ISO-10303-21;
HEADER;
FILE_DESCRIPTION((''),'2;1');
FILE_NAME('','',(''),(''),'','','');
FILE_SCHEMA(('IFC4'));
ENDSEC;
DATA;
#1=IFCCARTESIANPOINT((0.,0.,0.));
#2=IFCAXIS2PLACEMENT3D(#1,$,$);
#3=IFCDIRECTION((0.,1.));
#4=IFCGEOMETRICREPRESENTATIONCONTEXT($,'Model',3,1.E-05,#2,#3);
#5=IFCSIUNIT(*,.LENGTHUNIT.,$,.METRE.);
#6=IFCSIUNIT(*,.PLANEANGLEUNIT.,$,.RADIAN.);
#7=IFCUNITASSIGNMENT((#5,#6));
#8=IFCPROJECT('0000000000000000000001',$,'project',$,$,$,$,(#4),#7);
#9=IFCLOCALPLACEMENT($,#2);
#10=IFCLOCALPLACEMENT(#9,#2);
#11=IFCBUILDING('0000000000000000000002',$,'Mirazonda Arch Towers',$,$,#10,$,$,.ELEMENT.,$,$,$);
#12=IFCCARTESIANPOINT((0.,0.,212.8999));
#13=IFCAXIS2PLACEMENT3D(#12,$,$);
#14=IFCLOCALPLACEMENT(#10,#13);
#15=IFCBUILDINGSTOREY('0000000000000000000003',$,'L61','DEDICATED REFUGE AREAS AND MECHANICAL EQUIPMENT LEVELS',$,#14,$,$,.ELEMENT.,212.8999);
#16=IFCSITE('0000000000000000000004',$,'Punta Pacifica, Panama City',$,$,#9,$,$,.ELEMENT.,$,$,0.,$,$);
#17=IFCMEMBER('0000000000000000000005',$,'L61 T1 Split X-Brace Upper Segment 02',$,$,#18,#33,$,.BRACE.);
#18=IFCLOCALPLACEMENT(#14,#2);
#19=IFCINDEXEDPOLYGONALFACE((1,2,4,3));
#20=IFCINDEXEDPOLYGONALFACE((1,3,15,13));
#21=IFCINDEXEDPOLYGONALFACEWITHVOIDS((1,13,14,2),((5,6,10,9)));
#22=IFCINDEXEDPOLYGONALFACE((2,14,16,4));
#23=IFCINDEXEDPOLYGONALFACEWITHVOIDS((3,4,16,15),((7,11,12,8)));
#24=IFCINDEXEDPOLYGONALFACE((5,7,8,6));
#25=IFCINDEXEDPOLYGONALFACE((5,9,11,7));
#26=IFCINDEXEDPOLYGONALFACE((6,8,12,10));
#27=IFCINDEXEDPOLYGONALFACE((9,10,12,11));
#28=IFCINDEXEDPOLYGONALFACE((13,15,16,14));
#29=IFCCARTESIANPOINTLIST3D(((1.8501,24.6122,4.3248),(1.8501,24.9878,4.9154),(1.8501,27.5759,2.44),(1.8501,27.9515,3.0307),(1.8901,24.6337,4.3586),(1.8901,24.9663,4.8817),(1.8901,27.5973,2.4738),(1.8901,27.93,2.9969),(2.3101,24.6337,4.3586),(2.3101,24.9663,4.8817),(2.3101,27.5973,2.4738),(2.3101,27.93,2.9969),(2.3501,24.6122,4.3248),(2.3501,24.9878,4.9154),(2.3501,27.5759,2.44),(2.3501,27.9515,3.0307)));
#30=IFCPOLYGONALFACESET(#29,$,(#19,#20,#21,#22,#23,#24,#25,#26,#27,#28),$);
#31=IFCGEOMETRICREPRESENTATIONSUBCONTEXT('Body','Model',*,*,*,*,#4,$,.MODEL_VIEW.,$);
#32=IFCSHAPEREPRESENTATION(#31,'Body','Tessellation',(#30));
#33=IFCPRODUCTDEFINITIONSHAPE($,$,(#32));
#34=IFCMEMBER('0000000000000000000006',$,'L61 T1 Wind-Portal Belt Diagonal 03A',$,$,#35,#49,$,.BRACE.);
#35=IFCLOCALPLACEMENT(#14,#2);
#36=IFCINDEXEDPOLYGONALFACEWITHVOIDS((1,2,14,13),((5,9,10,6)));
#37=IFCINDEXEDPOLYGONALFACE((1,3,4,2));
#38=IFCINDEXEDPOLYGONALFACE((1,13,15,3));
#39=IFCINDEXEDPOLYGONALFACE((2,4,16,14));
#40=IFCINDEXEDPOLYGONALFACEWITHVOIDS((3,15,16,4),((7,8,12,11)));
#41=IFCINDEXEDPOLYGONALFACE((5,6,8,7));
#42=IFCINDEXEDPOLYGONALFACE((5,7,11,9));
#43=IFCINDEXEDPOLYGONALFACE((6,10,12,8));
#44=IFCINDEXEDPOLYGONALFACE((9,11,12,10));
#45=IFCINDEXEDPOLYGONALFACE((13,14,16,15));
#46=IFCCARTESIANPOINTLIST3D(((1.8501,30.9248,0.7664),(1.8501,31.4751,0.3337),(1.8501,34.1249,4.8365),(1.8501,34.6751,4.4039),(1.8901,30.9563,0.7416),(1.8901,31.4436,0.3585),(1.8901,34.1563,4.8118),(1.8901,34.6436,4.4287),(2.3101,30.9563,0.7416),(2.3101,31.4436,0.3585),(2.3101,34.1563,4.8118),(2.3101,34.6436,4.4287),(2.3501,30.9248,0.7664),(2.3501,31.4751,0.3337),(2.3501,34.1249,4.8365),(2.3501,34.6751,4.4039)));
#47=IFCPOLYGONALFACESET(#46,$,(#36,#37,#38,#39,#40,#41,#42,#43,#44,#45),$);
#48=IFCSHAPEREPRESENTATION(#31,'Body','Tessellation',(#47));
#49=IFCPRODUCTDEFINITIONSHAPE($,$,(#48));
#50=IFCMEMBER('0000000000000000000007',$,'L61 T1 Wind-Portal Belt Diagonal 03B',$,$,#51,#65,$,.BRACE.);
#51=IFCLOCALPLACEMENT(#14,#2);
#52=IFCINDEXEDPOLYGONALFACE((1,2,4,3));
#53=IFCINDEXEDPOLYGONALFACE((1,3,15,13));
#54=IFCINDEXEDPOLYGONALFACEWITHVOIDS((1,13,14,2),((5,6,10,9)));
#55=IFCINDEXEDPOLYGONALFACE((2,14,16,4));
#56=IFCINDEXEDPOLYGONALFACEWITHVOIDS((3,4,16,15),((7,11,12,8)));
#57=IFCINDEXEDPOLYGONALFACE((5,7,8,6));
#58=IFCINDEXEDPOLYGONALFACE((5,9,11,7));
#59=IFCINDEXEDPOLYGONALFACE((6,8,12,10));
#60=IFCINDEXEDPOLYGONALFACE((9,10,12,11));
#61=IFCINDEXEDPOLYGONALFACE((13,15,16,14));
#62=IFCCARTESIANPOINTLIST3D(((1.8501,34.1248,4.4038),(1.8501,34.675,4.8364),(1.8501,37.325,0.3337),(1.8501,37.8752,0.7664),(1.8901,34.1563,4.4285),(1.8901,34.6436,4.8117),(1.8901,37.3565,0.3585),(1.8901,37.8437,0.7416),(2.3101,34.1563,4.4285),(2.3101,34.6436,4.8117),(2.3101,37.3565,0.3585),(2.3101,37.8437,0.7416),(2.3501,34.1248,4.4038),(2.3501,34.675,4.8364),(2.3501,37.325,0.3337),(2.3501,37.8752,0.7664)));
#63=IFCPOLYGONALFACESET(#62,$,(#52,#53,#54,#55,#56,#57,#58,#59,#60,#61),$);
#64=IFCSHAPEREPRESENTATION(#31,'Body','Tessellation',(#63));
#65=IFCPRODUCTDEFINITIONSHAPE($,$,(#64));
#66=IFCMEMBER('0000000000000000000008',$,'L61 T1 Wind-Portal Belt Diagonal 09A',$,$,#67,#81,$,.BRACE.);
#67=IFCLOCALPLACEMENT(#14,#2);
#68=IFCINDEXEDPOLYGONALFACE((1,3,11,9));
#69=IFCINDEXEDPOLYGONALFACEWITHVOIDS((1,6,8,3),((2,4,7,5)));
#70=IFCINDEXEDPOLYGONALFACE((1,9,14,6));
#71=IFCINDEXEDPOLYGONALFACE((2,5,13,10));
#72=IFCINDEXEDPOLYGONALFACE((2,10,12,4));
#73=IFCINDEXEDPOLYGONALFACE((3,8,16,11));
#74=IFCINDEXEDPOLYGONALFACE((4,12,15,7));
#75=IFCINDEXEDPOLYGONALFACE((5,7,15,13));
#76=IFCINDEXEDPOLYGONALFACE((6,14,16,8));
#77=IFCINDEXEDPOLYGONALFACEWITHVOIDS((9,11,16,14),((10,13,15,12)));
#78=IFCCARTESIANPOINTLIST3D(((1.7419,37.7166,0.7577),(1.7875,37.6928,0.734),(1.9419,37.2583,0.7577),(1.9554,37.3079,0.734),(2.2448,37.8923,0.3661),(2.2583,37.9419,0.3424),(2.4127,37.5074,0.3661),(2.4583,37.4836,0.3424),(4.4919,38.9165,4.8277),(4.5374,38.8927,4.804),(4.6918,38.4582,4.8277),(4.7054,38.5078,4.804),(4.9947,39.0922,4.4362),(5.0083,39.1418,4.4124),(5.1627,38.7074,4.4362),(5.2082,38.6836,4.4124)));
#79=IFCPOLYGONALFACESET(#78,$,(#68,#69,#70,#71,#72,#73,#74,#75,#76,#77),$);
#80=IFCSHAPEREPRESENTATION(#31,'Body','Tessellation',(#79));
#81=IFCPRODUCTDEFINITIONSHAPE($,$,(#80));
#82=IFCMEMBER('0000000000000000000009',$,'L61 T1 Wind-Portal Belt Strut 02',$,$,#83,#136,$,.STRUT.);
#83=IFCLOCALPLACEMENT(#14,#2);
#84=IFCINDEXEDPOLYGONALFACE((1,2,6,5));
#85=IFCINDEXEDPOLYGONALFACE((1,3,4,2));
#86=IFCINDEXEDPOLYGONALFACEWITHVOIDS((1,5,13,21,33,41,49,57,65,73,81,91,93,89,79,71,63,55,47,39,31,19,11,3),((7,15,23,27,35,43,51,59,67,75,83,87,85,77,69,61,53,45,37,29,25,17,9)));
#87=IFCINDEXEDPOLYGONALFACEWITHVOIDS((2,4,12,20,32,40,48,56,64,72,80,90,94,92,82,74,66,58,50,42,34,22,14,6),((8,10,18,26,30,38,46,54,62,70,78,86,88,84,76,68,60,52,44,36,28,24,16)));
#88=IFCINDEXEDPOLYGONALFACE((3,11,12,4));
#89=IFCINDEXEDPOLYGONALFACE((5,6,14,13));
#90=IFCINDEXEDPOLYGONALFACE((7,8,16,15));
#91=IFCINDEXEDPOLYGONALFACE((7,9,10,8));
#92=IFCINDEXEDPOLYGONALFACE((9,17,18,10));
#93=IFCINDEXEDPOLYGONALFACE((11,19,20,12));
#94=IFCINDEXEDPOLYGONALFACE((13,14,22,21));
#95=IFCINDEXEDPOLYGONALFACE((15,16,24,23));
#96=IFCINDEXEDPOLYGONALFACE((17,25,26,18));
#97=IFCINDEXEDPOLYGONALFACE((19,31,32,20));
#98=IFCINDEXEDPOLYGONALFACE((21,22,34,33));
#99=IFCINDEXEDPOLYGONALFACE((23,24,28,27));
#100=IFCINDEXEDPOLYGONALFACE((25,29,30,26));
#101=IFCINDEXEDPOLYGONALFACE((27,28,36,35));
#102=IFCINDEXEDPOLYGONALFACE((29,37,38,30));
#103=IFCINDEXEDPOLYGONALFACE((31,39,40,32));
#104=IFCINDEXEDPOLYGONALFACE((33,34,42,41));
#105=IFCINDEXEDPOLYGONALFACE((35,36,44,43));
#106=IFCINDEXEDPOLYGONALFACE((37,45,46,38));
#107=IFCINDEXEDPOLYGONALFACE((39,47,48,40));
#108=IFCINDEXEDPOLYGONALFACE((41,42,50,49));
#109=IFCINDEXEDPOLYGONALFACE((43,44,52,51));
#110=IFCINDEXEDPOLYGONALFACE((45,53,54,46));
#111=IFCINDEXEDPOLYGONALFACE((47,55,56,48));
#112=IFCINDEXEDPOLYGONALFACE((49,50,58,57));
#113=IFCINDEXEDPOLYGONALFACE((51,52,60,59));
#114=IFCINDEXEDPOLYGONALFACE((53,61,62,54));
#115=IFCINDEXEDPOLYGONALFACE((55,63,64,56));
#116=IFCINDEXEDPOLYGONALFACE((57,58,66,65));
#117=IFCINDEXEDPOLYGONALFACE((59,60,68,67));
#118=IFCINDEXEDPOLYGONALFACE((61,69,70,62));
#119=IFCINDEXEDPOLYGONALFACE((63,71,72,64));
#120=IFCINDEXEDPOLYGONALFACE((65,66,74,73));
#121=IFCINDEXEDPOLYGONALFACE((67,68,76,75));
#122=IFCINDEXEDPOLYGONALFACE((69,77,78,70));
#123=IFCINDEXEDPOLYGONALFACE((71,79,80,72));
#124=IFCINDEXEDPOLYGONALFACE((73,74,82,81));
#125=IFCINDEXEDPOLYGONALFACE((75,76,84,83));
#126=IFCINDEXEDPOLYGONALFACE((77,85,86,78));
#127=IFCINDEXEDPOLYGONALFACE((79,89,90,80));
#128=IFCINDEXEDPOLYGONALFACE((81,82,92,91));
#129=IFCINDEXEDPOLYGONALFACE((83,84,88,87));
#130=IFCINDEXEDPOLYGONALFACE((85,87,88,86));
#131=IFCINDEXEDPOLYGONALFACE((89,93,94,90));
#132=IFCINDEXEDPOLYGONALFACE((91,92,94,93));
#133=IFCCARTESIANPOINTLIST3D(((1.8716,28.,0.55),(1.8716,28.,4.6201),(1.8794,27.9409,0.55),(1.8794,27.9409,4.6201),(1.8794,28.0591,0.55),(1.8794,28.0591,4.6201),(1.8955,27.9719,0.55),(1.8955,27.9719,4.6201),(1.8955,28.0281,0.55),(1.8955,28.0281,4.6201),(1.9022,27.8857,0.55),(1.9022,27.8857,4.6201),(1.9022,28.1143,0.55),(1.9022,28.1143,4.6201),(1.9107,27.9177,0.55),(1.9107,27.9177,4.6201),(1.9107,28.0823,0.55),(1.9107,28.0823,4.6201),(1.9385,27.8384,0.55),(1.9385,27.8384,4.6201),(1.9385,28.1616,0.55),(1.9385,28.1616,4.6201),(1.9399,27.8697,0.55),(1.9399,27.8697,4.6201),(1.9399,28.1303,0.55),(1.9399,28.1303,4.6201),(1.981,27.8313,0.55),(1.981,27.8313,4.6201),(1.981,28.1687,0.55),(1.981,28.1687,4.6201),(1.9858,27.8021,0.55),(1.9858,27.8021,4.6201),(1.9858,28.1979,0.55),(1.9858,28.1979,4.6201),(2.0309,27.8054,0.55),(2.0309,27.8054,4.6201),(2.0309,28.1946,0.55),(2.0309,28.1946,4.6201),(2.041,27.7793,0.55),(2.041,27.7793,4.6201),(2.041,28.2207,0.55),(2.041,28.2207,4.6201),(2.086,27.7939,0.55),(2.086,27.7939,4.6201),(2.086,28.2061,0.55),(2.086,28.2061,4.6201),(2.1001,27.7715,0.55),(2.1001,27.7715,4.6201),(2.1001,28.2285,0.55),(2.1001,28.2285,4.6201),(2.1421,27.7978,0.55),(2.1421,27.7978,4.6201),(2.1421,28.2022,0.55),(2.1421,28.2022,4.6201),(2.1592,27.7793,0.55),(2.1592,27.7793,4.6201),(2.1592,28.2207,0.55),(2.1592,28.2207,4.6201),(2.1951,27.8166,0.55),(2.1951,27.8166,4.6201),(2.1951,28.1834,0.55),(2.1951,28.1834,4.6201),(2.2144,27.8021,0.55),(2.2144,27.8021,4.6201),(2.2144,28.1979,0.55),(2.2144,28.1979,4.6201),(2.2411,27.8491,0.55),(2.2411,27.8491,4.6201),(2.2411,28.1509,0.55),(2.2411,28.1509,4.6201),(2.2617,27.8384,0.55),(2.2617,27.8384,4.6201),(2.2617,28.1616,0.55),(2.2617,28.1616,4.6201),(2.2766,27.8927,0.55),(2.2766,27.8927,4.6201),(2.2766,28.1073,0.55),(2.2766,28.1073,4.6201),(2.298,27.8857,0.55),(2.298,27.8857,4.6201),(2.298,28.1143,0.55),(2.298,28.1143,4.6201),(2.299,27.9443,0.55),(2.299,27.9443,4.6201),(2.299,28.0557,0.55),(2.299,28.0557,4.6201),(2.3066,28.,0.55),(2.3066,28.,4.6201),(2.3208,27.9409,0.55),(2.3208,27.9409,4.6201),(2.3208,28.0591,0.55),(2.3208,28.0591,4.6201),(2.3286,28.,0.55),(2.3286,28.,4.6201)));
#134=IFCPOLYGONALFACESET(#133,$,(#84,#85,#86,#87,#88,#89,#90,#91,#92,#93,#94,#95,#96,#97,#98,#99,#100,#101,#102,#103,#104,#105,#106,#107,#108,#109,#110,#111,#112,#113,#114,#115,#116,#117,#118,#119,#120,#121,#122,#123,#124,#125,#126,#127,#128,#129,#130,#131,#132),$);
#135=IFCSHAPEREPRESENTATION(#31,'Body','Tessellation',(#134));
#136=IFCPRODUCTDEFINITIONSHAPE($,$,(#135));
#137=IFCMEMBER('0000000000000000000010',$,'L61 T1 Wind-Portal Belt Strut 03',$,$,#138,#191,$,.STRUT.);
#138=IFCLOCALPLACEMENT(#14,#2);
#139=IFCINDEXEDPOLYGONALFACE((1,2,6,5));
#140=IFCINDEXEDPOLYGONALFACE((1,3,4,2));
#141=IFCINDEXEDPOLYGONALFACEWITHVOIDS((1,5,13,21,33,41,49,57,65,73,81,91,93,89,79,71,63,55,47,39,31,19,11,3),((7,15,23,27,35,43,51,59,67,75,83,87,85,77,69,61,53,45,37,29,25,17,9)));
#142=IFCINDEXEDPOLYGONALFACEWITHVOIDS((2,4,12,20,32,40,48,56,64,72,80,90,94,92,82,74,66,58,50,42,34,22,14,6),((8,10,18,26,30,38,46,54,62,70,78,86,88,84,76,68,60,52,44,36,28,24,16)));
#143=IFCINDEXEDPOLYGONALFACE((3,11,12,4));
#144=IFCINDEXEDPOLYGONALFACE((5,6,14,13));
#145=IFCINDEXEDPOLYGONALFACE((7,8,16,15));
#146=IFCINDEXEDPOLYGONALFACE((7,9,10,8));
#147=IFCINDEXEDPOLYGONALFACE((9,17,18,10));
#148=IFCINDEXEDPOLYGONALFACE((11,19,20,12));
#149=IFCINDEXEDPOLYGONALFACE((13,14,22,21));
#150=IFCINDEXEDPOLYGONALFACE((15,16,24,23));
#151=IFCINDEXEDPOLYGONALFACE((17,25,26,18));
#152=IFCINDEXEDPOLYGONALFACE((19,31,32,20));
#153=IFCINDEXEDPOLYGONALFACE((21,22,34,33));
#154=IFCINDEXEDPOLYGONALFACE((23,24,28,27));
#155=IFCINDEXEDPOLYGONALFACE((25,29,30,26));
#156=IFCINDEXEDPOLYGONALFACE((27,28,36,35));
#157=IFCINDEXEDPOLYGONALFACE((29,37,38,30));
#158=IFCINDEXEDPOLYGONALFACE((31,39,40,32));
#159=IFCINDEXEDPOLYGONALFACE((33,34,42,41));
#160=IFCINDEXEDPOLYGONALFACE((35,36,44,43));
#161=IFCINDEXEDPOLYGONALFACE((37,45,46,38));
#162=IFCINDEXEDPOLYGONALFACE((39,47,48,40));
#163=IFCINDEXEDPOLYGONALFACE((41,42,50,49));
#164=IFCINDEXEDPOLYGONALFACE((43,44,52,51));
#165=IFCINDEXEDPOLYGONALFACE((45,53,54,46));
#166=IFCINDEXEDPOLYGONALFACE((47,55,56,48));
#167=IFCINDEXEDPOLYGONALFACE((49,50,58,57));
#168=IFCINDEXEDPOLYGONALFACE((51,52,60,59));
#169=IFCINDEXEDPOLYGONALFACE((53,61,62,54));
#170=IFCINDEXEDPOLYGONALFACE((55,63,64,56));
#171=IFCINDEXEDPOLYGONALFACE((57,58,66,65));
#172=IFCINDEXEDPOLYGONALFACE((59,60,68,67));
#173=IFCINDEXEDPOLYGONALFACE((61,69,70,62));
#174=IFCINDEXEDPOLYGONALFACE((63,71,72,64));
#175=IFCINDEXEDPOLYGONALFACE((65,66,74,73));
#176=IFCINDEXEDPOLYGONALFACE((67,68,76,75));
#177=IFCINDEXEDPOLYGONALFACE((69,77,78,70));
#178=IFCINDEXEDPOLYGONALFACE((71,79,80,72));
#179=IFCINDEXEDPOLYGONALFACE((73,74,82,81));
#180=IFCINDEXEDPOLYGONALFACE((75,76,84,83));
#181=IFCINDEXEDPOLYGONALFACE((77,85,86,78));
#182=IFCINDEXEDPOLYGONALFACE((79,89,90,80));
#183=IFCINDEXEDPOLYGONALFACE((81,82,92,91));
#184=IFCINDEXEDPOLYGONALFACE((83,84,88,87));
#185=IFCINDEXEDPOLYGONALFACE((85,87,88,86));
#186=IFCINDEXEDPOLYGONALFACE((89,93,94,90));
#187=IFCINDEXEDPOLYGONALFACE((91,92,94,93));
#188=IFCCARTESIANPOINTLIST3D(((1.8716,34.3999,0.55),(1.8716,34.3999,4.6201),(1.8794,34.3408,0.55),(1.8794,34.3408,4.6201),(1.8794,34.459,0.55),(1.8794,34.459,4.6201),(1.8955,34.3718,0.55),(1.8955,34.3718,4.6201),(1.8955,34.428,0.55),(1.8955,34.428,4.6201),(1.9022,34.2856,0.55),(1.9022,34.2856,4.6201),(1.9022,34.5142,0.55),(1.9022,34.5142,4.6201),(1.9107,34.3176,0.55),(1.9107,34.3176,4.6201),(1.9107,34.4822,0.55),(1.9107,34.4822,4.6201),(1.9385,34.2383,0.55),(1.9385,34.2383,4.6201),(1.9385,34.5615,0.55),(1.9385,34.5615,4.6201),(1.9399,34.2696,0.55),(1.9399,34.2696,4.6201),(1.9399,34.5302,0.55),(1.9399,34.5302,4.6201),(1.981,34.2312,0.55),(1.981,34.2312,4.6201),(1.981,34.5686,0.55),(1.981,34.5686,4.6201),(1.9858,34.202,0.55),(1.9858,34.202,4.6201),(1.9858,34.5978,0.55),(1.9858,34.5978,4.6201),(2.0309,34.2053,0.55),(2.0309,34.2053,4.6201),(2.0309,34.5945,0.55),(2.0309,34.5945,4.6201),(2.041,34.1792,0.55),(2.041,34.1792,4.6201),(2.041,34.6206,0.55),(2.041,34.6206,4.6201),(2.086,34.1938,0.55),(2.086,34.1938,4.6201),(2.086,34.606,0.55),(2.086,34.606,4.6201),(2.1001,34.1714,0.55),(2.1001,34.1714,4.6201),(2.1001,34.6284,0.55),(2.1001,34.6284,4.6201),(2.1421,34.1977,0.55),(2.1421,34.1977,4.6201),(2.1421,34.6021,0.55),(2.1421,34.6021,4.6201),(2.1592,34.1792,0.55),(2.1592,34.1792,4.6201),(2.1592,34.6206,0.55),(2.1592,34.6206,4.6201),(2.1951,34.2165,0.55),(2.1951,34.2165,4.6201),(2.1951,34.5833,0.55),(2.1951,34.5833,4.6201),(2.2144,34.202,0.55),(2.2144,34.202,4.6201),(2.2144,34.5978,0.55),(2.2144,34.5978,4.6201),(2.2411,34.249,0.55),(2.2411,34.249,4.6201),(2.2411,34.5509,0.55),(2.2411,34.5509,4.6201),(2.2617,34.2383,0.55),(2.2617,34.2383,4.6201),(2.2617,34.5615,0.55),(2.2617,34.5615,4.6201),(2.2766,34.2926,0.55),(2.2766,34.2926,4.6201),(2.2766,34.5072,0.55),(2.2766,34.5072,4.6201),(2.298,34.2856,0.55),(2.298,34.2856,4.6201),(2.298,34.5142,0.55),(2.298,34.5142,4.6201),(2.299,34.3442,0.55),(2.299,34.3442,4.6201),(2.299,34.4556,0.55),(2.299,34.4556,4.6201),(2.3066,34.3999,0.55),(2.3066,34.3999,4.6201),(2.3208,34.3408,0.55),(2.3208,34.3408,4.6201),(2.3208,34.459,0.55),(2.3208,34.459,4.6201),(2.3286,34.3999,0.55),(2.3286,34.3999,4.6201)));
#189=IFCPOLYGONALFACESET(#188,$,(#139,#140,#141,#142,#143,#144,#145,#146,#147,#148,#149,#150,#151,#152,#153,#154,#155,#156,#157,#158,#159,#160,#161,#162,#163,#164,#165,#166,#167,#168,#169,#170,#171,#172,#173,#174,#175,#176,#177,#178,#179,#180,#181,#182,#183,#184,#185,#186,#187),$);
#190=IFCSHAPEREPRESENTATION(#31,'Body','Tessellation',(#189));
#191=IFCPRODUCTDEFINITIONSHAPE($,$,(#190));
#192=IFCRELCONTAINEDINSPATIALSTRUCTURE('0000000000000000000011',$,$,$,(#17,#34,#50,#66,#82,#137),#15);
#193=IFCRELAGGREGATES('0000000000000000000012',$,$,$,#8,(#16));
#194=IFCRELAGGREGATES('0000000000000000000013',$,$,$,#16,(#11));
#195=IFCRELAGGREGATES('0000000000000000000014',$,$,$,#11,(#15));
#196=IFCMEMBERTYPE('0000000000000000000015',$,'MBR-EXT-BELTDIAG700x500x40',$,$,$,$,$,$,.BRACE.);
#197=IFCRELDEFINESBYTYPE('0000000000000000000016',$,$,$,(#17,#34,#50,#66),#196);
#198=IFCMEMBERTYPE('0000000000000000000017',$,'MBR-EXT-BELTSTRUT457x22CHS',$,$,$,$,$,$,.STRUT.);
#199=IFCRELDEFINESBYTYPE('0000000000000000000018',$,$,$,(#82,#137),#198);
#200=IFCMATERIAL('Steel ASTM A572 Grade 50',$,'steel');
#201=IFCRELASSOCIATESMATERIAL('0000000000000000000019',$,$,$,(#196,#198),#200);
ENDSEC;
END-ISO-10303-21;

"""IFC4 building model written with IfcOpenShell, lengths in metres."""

from ifc_helpers import new_model, si_unit, direction, frame, origin, origin_2d, place, context, subcontext, project, spatial, hollow_rectangle, hollow_circle, extrude, material, material_profile, profile_set, type_object, element, save


model = new_model("IFC4")

# Units and contexts
model_context = context("Model", 3, precision=1e-05, world=origin(), true_north=direction((0.0, 1.0)))
body_context = subcontext(model_context, "Body", "Model", "MODEL_VIEW")
ifc_project = project(units=[si_unit("LENGTHUNIT", "METRE"), si_unit("PLANEANGLEUNIT", "RADIAN")], contexts=[model_context])

# Site, building, storey
site_placement = place(None, origin())
site = spatial("IfcSite", under=ifc_project, at=site_placement, Name="Punta Pacifica, Panama City", CompositionType="ELEMENT", RefElevation=0.0)
building_placement = place(site_placement, origin())
building = spatial("IfcBuilding", under=site, at=building_placement, Name="Mirazonda Arch Towers", CompositionType="ELEMENT")
storey_placement = place(building_placement, frame((0.0, 0.0, 212.8999)))
storey = spatial("IfcBuildingStorey", under=building, at=storey_placement, Name="L61", Description="DEDICATED REFUGE AREAS AND MECHANICAL EQUIPMENT LEVELS", CompositionType="ELEMENT", Elevation=212.8999)

# Shared definitions
ifc_material_1 = material(Name="Steel ASTM A572 Grade 50", Category="steel")

# Members
ifc_material_profile_1 = material_profile(ifc_material_1, hollow_rectangle(XDim=0.5, YDim=0.7, WallThickness=0.04, at=origin_2d()), Name="BELTDIAG700x500x40")
ifc_profile_set_1 = profile_set([ifc_material_profile_1], Name="Steel ASTM A572 Grade 50")
member_type_1 = type_object("IfcMemberType", Name="MBR-EXT-BELTDIAG700x500x40", PredefinedType="BRACE", material=ifc_profile_set_1)
for number, where, z_axis, x_axis, name in (
    (1, (2.1001, 27.7637, 2.7354), (0.0, -0.843813, 0.536637), (1.0, 0.0, 0.0), "L61 T1 Split X-Brace Upper Segment 02"),
):
    element("IfcMember", number, at=place(storey_placement, frame(where, z_axis=z_axis, x_axis=x_axis)), inside=storey, type_object=member_type_1, Name=name, PredefinedType="BRACE", context=body_context, shape_type="SweptSolid", body=[
        extrude(hollow_rectangle(XDim=0.5, YDim=0.7, WallThickness=0.04, at=origin_2d()), origin(), (0.0, 0.0, 1.0), 3.5122),
    ])
for number, where, z_axis, x_axis, name in (
    (2, (2.1001, 31.2, 0.55), (0.0, 0.618065, 0.786127), (-1.0, 0.0, 0.0), "L61 T1 Wind-Portal Belt Diagonal 03A"),
    (3, (2.1001, 37.6001, 0.55), (0.0, -0.618094, 0.786104), (1.0, 0.0, 0.0), "L61 T1 Wind-Portal Belt Diagonal 03B"),
):
    element("IfcMember", number, at=place(storey_placement, frame(where, z_axis=z_axis, x_axis=x_axis)), inside=storey, type_object=member_type_1, Name=name, PredefinedType="BRACE", context=body_context, shape_type="SweptSolid", body=[
        extrude(hollow_rectangle(XDim=0.5, YDim=0.7, WallThickness=0.04, at=origin_2d()), origin(), (0.0, 0.0, 1.0), 5.1775),
    ])
member_placement = place(storey_placement, frame((2.1001, 37.6001, 0.55), z_axis=(0.543858, 0.23731, 0.804924), x_axis=(-0.399931, 0.916545, 0.0)))
element("IfcMember", 4, at=member_placement, inside=storey, type_object=member_type_1, Name="L61 T1 Wind-Portal Belt Diagonal 09A", PredefinedType="BRACE", context=body_context, shape_type="SweptSolid", body=[
    extrude(hollow_rectangle(XDim=0.5, YDim=0.7, WallThickness=0.04, at=origin_2d()), origin(), (0.0, 0.0, 1.0), 5.0564),
])
ifc_material_profile_2 = material_profile(ifc_material_1, hollow_circle(Radius=0.2285, WallThickness=0.022, at=origin_2d()), Name="BELTSTRUT457x22CHS")
ifc_profile_set_2 = profile_set([ifc_material_profile_2], Name="Steel ASTM A572 Grade 50")
member_type_2 = type_object("IfcMemberType", Name="MBR-EXT-BELTSTRUT457x22CHS", PredefinedType="STRUT", material=ifc_profile_set_2)
for number, where, z_axis, x_axis, name in (
    (5, (2.1001, 28.0, 0.55), (0.0, 0.0, 1.0), (1.0, 0.0, 0.0), "L61 T1 Wind-Portal Belt Strut 02"),
    (6, (2.1001, 34.3999, 0.55), (0.0, 0.0, 1.0), (1.0, 0.0, 0.0), "L61 T1 Wind-Portal Belt Strut 03"),
):
    element("IfcMember", number, at=place(storey_placement, frame(where, z_axis=z_axis, x_axis=x_axis)), inside=storey, type_object=member_type_2, Name=name, PredefinedType="STRUT", context=body_context, shape_type="SweptSolid", body=[
        extrude(hollow_circle(Radius=0.2285, WallThickness=0.022, at=origin_2d()), origin(), (0.0, 0.0, 1.0), 4.0701),
    ])

save(model, "model.ifc")
